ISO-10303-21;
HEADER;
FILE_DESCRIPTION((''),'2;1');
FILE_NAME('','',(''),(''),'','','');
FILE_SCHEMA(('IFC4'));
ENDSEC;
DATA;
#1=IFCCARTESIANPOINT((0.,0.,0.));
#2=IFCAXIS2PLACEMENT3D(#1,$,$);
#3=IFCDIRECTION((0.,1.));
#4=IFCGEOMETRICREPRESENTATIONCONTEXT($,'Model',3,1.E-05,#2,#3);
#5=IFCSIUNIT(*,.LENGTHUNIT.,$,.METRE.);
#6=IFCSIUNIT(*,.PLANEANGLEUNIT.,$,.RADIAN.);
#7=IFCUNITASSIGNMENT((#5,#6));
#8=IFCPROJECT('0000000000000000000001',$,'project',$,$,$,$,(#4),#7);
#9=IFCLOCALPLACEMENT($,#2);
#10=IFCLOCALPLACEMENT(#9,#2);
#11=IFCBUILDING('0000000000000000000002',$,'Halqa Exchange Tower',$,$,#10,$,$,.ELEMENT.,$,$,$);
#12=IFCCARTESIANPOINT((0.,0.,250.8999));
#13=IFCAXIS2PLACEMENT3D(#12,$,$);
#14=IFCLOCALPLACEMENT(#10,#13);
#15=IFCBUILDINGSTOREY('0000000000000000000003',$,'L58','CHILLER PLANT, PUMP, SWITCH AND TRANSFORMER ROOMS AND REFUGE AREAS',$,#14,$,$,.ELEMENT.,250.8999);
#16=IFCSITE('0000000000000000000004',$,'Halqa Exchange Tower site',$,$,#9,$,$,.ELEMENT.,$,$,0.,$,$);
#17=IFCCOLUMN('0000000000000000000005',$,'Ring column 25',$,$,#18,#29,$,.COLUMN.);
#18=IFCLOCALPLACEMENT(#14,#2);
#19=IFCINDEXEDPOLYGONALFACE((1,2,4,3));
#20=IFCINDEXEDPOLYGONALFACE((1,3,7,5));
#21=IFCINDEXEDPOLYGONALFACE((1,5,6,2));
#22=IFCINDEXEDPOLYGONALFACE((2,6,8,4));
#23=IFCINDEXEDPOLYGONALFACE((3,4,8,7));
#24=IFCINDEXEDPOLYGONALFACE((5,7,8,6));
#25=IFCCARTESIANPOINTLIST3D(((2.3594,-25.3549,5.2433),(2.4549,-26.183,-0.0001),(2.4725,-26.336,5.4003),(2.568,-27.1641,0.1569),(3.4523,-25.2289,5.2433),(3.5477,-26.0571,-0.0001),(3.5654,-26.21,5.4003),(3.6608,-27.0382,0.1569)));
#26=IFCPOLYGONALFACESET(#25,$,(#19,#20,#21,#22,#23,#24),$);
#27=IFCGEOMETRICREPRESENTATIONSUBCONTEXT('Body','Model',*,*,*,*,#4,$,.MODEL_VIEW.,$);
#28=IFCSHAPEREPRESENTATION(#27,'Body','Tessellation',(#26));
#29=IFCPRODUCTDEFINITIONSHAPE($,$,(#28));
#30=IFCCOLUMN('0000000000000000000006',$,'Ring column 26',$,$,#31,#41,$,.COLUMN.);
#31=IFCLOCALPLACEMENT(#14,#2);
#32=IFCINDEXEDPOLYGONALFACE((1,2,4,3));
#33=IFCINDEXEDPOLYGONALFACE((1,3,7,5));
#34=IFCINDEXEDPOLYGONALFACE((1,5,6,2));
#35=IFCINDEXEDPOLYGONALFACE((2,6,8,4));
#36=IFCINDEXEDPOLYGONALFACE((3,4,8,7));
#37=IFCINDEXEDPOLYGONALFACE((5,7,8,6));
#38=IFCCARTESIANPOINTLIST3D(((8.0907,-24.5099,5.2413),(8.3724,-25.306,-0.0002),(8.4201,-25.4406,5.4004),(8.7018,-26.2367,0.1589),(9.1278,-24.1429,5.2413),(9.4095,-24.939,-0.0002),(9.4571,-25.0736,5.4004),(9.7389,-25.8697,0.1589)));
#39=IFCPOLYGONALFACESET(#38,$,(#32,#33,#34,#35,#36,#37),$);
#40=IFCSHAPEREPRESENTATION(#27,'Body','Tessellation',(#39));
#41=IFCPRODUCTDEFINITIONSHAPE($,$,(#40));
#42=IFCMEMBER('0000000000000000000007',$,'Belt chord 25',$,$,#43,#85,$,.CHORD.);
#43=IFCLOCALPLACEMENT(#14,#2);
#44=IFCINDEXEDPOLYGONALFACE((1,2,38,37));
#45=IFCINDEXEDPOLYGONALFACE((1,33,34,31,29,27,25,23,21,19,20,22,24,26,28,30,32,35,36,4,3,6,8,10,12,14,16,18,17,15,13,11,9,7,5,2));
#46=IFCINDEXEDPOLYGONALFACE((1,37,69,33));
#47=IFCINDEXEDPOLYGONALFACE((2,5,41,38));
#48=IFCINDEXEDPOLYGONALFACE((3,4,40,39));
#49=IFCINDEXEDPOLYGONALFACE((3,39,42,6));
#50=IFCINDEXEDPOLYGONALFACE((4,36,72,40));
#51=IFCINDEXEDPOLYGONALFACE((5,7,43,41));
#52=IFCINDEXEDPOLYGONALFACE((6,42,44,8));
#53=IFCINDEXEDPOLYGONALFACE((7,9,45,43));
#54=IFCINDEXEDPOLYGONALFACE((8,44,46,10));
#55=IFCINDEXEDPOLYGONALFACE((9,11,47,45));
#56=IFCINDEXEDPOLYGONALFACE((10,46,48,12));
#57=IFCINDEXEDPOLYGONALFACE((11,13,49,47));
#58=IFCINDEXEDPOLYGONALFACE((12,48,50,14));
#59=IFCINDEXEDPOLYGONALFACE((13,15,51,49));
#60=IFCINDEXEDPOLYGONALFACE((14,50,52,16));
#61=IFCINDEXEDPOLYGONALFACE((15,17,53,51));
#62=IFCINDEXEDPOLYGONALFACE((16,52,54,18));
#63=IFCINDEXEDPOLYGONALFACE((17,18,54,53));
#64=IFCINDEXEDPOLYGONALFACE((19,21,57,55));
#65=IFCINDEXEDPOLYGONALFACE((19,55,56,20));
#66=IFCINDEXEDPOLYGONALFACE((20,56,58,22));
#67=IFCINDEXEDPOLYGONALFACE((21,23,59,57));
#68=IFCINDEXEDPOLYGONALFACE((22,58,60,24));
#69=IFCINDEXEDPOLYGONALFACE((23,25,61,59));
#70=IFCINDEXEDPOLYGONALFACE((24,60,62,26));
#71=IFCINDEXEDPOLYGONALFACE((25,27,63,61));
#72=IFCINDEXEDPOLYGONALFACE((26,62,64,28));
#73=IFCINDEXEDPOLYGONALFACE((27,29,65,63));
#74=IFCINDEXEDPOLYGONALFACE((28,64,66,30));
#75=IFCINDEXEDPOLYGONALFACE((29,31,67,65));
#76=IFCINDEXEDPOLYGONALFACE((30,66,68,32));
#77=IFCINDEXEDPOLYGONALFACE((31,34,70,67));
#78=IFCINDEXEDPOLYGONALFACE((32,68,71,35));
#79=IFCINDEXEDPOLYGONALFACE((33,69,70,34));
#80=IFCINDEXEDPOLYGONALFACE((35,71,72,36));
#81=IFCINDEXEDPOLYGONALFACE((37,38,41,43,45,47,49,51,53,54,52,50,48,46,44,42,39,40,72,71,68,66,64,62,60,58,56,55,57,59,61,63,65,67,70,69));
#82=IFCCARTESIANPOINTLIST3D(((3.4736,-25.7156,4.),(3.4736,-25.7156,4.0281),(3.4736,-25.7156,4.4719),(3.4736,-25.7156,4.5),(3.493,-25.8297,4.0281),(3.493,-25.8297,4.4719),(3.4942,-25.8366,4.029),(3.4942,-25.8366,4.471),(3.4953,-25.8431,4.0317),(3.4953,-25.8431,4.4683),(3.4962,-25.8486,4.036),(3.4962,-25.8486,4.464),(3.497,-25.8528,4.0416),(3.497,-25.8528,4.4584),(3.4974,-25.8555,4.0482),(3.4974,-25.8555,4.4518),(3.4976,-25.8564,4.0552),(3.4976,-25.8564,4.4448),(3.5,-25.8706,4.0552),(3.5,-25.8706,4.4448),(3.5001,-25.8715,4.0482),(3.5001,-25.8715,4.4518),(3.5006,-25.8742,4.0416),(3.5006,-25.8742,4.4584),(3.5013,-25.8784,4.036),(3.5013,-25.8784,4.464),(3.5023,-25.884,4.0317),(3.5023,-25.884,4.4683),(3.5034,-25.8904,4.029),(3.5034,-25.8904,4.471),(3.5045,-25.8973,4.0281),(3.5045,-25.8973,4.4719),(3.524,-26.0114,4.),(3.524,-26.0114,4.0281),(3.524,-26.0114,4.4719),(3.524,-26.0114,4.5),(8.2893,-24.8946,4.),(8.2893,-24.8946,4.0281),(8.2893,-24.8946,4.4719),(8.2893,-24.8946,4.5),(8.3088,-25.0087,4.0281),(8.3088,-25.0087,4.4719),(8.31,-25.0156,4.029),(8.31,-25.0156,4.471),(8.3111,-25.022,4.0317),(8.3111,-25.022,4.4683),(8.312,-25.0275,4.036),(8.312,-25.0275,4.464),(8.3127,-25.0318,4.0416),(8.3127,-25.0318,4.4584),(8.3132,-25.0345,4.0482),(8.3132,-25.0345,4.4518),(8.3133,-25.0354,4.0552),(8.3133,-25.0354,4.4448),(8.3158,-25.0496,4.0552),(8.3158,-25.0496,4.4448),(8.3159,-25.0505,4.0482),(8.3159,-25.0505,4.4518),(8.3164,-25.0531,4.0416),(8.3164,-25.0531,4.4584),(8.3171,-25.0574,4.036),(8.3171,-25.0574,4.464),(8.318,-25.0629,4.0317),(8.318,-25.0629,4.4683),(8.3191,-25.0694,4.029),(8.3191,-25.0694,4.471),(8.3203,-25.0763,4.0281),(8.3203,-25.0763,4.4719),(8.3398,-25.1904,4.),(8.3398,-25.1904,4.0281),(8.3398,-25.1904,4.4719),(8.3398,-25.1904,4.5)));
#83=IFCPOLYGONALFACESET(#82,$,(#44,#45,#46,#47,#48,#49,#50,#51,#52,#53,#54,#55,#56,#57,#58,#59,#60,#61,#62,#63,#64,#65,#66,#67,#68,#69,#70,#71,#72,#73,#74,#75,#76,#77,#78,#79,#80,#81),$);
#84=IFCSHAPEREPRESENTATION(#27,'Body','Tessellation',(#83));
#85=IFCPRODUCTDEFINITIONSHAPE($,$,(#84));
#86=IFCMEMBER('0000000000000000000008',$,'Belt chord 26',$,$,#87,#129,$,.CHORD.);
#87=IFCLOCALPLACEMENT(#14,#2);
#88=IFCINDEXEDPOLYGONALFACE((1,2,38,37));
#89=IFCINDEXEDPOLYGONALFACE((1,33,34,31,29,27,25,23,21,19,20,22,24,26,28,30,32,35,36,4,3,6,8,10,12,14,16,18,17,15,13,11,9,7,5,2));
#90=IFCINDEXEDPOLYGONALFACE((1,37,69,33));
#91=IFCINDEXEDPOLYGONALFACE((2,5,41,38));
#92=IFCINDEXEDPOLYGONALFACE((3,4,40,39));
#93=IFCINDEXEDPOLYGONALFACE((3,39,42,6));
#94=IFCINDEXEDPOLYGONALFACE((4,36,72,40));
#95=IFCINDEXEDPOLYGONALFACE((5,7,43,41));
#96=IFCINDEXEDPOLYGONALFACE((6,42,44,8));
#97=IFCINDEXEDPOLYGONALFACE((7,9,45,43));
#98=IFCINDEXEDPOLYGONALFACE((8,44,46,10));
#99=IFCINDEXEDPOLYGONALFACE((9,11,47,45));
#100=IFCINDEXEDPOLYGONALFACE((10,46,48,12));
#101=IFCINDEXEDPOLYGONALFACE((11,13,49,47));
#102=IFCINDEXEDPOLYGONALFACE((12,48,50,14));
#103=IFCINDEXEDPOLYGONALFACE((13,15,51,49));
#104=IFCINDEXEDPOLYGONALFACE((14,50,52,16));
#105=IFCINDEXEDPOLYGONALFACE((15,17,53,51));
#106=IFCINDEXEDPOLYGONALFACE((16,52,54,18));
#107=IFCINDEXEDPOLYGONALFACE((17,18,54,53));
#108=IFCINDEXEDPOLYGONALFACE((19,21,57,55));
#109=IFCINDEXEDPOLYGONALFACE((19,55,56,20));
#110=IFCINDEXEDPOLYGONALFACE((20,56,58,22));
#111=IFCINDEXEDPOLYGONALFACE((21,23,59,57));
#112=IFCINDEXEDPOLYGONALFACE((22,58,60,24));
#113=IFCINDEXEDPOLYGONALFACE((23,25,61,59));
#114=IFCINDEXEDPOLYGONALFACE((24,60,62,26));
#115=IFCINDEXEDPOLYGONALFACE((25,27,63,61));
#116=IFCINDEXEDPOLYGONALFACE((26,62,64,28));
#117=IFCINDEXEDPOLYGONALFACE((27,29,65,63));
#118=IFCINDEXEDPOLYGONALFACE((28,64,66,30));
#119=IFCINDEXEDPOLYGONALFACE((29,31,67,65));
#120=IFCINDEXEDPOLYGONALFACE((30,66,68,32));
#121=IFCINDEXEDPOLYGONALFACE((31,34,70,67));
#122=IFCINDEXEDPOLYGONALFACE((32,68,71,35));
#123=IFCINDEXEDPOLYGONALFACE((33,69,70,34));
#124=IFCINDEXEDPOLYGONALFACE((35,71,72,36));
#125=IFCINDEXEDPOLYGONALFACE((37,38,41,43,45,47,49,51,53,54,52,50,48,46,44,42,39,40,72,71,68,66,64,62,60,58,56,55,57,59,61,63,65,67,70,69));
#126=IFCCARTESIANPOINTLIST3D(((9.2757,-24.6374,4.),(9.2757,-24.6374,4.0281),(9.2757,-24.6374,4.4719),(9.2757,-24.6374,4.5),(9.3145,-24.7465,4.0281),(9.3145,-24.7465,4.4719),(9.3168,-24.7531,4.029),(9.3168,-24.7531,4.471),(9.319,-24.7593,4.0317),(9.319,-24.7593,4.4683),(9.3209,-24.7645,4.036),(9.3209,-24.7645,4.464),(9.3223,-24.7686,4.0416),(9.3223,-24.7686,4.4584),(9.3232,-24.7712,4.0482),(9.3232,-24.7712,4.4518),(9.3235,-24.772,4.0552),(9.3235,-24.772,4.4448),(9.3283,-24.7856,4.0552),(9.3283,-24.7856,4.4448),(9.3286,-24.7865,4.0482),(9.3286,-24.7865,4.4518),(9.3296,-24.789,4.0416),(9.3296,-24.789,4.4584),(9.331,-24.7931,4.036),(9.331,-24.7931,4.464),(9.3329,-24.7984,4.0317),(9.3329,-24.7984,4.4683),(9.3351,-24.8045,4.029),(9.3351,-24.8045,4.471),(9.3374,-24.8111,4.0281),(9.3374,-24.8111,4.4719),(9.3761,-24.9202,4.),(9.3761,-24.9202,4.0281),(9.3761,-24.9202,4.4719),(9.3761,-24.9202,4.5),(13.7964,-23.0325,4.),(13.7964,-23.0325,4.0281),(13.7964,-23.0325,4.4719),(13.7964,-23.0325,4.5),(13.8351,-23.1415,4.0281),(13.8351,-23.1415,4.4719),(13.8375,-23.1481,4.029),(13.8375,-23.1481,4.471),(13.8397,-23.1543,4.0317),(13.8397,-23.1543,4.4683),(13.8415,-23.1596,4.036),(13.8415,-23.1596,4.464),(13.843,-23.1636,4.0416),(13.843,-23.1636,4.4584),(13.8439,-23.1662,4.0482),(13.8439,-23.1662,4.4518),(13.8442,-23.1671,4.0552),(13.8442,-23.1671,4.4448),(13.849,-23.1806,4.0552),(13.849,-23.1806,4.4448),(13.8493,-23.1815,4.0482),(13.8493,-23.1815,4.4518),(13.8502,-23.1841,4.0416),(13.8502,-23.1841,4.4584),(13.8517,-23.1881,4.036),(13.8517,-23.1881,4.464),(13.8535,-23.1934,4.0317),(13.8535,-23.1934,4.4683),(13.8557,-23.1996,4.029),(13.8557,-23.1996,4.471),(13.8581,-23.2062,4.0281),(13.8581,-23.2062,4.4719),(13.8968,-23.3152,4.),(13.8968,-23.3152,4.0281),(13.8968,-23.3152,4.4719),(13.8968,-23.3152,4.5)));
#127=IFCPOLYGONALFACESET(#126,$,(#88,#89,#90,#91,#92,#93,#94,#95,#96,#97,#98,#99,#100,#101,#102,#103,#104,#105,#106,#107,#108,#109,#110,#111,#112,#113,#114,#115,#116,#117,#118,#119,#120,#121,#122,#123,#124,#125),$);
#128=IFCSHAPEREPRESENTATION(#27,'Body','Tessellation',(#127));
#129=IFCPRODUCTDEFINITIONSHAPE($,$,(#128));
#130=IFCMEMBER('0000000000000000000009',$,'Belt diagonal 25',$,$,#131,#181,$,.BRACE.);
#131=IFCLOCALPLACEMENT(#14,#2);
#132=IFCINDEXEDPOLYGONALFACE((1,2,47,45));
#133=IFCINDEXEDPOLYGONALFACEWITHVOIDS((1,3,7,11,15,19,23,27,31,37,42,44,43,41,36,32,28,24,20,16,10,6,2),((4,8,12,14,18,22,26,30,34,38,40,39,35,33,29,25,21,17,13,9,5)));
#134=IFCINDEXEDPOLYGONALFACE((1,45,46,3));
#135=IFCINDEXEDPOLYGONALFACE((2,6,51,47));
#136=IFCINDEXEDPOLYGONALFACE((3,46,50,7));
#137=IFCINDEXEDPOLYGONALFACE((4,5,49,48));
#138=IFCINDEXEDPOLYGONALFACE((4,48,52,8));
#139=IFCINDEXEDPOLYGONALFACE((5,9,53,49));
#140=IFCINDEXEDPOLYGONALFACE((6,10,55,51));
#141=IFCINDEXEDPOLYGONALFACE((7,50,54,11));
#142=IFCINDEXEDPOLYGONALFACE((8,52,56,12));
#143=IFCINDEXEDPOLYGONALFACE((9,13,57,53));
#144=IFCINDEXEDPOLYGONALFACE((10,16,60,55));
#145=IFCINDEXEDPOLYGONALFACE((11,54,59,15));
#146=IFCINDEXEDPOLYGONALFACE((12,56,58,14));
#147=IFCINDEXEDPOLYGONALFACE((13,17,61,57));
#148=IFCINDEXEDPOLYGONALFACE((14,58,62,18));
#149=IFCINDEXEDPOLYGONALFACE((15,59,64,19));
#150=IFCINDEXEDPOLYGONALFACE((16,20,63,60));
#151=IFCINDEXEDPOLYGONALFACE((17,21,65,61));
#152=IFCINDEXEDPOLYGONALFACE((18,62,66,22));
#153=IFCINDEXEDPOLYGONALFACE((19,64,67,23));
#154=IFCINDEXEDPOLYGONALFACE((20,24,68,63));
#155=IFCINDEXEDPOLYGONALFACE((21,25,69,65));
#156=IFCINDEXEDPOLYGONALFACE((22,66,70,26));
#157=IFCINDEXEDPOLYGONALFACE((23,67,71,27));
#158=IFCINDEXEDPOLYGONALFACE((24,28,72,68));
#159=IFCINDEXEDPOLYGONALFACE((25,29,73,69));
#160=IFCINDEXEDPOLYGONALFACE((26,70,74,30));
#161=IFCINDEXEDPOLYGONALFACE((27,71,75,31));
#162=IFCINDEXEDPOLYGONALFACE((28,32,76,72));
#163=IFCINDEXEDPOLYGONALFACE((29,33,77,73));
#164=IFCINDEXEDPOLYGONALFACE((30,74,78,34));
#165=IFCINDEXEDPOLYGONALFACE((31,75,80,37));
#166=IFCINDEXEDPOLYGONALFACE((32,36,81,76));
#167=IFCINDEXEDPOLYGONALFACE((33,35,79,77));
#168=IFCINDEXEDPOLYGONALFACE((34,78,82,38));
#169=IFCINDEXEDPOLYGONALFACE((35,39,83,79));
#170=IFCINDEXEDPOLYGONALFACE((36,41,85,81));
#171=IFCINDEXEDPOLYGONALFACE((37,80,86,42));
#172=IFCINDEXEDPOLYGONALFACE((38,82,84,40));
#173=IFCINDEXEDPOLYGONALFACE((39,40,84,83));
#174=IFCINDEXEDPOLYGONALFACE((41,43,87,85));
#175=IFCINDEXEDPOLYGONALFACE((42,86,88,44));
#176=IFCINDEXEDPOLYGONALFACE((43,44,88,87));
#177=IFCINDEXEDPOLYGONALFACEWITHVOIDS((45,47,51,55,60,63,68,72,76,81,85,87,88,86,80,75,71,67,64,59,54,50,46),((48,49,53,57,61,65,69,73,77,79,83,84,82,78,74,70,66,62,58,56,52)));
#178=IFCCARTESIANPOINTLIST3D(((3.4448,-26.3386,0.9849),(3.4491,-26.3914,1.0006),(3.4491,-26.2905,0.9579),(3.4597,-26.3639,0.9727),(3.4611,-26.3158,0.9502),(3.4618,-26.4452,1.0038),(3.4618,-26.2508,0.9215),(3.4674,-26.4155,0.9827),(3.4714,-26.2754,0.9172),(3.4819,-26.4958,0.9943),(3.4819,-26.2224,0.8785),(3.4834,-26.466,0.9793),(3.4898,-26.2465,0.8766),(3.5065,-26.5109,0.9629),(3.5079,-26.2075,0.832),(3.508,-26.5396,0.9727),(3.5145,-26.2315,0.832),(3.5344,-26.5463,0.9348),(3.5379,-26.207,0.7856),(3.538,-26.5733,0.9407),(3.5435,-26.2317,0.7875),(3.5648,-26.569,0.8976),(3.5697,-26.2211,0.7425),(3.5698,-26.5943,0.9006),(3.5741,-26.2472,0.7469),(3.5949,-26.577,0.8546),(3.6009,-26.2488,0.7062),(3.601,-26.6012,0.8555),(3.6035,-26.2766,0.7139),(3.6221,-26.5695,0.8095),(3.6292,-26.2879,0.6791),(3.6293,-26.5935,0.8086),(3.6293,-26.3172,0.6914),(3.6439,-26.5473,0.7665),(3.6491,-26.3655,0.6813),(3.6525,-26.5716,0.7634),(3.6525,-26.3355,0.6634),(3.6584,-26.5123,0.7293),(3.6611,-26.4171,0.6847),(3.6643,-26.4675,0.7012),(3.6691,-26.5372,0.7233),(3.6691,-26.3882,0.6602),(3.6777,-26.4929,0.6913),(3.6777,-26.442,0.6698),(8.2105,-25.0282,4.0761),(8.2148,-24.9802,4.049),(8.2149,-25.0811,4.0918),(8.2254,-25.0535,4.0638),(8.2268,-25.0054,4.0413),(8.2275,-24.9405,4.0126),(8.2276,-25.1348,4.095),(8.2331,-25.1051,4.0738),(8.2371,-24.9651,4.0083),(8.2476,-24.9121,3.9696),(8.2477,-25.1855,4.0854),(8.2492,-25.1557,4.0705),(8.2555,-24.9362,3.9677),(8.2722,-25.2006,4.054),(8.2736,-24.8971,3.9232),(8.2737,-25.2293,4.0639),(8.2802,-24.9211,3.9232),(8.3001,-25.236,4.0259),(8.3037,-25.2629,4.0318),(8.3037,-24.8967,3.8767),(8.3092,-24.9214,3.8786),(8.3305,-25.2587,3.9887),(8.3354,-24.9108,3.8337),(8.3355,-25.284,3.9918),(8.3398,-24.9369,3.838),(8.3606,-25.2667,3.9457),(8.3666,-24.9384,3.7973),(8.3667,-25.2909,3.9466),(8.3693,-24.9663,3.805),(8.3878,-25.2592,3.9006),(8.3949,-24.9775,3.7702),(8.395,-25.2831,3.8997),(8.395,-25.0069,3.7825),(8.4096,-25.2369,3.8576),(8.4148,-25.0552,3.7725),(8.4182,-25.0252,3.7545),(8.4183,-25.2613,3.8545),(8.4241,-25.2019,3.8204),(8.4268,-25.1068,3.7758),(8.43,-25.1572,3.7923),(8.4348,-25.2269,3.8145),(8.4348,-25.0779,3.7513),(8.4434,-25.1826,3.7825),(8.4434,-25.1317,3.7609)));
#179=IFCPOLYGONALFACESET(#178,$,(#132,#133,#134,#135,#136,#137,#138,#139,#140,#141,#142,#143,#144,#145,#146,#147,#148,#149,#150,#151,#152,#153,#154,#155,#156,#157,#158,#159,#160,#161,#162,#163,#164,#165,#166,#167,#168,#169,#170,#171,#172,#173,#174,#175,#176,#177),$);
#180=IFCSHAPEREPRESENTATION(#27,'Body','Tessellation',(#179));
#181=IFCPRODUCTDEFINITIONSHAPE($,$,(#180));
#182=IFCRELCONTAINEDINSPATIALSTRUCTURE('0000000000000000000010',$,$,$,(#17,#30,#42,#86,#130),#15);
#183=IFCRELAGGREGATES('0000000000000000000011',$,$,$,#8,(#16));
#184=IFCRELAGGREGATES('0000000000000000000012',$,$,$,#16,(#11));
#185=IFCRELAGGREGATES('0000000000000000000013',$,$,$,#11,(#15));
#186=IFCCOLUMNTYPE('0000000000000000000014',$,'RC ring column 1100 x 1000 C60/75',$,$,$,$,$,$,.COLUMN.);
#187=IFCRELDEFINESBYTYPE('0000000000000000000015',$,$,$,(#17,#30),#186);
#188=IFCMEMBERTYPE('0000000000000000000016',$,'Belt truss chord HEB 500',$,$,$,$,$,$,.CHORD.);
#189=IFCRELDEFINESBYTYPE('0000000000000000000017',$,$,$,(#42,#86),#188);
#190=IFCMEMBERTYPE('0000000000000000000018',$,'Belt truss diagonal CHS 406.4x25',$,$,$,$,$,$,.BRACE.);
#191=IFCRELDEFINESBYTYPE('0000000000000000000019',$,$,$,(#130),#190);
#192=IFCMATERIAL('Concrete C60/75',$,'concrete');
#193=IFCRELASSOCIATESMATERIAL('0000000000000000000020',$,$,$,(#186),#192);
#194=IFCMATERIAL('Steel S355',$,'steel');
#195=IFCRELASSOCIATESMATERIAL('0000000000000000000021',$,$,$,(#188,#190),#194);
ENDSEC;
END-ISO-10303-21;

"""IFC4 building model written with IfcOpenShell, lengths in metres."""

from ifc_helpers import new_model, si_unit, direction, frame, origin, origin_2d, place, context, subcontext, project, spatial, rectangle, hollow_circle, i_section, extrude, material, material_profile, profile_set, type_object, element, save


model = new_model("IFC4")

# Units and contexts
model_context = context("Model", 3, precision=1e-05, world=origin(), true_north=direction((0.0, 1.0)))
body_context = subcontext(model_context, "Body", "Model", "MODEL_VIEW")
ifc_project = project(units=[si_unit("LENGTHUNIT", "METRE"), si_unit("PLANEANGLEUNIT", "RADIAN")], contexts=[model_context])

# Site, building, storey
site_placement = place(None, origin())
site = spatial("IfcSite", under=ifc_project, at=site_placement, Name="Halqa Exchange Tower site", CompositionType="ELEMENT", RefElevation=0.0)
building_placement = place(site_placement, origin())
building = spatial("IfcBuilding", under=site, at=building_placement, Name="Halqa Exchange Tower", CompositionType="ELEMENT")
storey_placement = place(building_placement, frame((0.0, 0.0, 250.8999)))
storey = spatial("IfcBuildingStorey", under=building, at=storey_placement, Name="L58", Description="CHILLER PLANT, PUMP, SWITCH AND TRANSFORMER ROOMS AND REFUGE AREAS", CompositionType="ELEMENT", Elevation=250.8999)

# Columns
ifc_material_1 = material(Name="Concrete C60/75", Category="concrete")
ifc_material_profile_1 = material_profile(ifc_material_1, rectangle(XDim=1.1001, YDim=1.0, at=origin_2d()), Name="1100 x 1000")
ifc_profile_set_1 = profile_set([ifc_material_profile_1], Name="Concrete C60/75")
column_type = type_object("IfcColumnType", Name="RC ring column 1100 x 1000 C60/75", PredefinedType="COLUMN", material=ifc_profile_set_1)
column_1_placement = place(storey_placement, frame((3.0579, -26.6106, 0.0784), z_axis=(-0.01798, 0.155978, 0.987597), x_axis=(-0.993422, -0.114513, 0.0)))
element("IfcColumn", 1, at=column_1_placement, inside=storey, type_object=column_type, Name="Ring column 25", PredefinedType="COLUMN", context=body_context, shape_type="SweptSolid", body=[
    extrude(rectangle(XDim=1.1001, YDim=1.0, at=origin_2d()), origin(), (0.0, 0.0, 1.0), 5.3093),
])
column_2_placement = place(storey_placement, frame((9.0557, -25.5879, 0.0793), z_axis=(-0.053067, 0.149959, 0.987267), x_axis=(-0.942712, -0.333606, 0.0)))
element("IfcColumn", 2, at=column_2_placement, inside=storey, type_object=column_type, Name="Ring column 26", PredefinedType="COLUMN", context=body_context, shape_type="SweptSolid", body=[
    extrude(rectangle(XDim=1.1001, YDim=1.0, at=origin_2d()), origin(), (0.0, 0.0, 1.0), 5.3091),
])

# Members
ifc_material_2 = material(Name="Steel S355", Category="steel")
ifc_material_profile_2 = material_profile(ifc_material_2, i_section(OverallWidth=0.3, OverallDepth=0.5, WebThickness=0.0144, FlangeThickness=0.0281, FilletRadius=0.0271, at=origin_2d()), Name="HEB 500")
ifc_profile_set_2 = profile_set([ifc_material_profile_2], Name="Steel S355")
member_type_1 = type_object("IfcMemberType", Name="Belt truss chord HEB 500", PredefinedType="CHORD", material=ifc_profile_set_2)
member_1_placement = place(storey_placement, frame((3.4988, -25.8635, 4.25), z_axis=(0.985775, 0.168069, 0.0), x_axis=(-0.168069, 0.985775, 0.0)))
element("IfcMember", 3, at=member_1_placement, inside=storey, type_object=member_type_1, Name="Belt chord 25", PredefinedType="CHORD", context=body_context, shape_type="SweptSolid", body=[
    extrude(i_section(OverallWidth=0.3, OverallDepth=0.5, WebThickness=0.0144, FlangeThickness=0.0281, FilletRadius=0.0271, at=origin_2d()), origin(), (0.0, 0.0, 1.0), 4.8853),
])
member_2_placement = place(storey_placement, frame((9.3259, -24.7788, 4.25), z_axis=(0.942372, 0.334566, 0.0), x_axis=(-0.334566, 0.942372, 0.0)))
element("IfcMember", 4, at=member_2_placement, inside=storey, type_object=member_type_1, Name="Belt chord 26", PredefinedType="CHORD", context=body_context, shape_type="SweptSolid", body=[
    extrude(i_section(OverallWidth=0.3, OverallDepth=0.5, WebThickness=0.0144, FlangeThickness=0.0281, FilletRadius=0.0271, at=origin_2d()), origin(), (0.0, 0.0, 1.0), 4.7971),
])
ifc_material_profile_3 = material_profile(ifc_material_2, hollow_circle(Radius=0.2031, WallThickness=0.0249, at=origin_2d()), Name="CHS 406.4x25")
ifc_profile_set_3 = profile_set([ifc_material_profile_3], Name="Steel S355")
member_type_2 = type_object("IfcMemberType", Name="Belt truss diagonal CHS 406.4x25", PredefinedType="BRACE", material=ifc_profile_set_3)
member_3_placement = place(storey_placement, frame((3.5618, -26.4033, 0.832), z_axis=(0.817505, 0.224772, 0.530248), x_axis=(-0.265111, 0.964218, 0.0)))
element("IfcMember", 5, at=member_3_placement, inside=storey, type_object=member_type_2, Name="Belt diagonal 25", PredefinedType="BRACE", context=body_context, shape_type="SweptSolid", body=[
    extrude(hollow_circle(Radius=0.2031, WallThickness=0.0249, at=origin_2d()), origin(), (0.0, 0.0, 1.0), 5.8296),
])

save(model, "model.ifc")
